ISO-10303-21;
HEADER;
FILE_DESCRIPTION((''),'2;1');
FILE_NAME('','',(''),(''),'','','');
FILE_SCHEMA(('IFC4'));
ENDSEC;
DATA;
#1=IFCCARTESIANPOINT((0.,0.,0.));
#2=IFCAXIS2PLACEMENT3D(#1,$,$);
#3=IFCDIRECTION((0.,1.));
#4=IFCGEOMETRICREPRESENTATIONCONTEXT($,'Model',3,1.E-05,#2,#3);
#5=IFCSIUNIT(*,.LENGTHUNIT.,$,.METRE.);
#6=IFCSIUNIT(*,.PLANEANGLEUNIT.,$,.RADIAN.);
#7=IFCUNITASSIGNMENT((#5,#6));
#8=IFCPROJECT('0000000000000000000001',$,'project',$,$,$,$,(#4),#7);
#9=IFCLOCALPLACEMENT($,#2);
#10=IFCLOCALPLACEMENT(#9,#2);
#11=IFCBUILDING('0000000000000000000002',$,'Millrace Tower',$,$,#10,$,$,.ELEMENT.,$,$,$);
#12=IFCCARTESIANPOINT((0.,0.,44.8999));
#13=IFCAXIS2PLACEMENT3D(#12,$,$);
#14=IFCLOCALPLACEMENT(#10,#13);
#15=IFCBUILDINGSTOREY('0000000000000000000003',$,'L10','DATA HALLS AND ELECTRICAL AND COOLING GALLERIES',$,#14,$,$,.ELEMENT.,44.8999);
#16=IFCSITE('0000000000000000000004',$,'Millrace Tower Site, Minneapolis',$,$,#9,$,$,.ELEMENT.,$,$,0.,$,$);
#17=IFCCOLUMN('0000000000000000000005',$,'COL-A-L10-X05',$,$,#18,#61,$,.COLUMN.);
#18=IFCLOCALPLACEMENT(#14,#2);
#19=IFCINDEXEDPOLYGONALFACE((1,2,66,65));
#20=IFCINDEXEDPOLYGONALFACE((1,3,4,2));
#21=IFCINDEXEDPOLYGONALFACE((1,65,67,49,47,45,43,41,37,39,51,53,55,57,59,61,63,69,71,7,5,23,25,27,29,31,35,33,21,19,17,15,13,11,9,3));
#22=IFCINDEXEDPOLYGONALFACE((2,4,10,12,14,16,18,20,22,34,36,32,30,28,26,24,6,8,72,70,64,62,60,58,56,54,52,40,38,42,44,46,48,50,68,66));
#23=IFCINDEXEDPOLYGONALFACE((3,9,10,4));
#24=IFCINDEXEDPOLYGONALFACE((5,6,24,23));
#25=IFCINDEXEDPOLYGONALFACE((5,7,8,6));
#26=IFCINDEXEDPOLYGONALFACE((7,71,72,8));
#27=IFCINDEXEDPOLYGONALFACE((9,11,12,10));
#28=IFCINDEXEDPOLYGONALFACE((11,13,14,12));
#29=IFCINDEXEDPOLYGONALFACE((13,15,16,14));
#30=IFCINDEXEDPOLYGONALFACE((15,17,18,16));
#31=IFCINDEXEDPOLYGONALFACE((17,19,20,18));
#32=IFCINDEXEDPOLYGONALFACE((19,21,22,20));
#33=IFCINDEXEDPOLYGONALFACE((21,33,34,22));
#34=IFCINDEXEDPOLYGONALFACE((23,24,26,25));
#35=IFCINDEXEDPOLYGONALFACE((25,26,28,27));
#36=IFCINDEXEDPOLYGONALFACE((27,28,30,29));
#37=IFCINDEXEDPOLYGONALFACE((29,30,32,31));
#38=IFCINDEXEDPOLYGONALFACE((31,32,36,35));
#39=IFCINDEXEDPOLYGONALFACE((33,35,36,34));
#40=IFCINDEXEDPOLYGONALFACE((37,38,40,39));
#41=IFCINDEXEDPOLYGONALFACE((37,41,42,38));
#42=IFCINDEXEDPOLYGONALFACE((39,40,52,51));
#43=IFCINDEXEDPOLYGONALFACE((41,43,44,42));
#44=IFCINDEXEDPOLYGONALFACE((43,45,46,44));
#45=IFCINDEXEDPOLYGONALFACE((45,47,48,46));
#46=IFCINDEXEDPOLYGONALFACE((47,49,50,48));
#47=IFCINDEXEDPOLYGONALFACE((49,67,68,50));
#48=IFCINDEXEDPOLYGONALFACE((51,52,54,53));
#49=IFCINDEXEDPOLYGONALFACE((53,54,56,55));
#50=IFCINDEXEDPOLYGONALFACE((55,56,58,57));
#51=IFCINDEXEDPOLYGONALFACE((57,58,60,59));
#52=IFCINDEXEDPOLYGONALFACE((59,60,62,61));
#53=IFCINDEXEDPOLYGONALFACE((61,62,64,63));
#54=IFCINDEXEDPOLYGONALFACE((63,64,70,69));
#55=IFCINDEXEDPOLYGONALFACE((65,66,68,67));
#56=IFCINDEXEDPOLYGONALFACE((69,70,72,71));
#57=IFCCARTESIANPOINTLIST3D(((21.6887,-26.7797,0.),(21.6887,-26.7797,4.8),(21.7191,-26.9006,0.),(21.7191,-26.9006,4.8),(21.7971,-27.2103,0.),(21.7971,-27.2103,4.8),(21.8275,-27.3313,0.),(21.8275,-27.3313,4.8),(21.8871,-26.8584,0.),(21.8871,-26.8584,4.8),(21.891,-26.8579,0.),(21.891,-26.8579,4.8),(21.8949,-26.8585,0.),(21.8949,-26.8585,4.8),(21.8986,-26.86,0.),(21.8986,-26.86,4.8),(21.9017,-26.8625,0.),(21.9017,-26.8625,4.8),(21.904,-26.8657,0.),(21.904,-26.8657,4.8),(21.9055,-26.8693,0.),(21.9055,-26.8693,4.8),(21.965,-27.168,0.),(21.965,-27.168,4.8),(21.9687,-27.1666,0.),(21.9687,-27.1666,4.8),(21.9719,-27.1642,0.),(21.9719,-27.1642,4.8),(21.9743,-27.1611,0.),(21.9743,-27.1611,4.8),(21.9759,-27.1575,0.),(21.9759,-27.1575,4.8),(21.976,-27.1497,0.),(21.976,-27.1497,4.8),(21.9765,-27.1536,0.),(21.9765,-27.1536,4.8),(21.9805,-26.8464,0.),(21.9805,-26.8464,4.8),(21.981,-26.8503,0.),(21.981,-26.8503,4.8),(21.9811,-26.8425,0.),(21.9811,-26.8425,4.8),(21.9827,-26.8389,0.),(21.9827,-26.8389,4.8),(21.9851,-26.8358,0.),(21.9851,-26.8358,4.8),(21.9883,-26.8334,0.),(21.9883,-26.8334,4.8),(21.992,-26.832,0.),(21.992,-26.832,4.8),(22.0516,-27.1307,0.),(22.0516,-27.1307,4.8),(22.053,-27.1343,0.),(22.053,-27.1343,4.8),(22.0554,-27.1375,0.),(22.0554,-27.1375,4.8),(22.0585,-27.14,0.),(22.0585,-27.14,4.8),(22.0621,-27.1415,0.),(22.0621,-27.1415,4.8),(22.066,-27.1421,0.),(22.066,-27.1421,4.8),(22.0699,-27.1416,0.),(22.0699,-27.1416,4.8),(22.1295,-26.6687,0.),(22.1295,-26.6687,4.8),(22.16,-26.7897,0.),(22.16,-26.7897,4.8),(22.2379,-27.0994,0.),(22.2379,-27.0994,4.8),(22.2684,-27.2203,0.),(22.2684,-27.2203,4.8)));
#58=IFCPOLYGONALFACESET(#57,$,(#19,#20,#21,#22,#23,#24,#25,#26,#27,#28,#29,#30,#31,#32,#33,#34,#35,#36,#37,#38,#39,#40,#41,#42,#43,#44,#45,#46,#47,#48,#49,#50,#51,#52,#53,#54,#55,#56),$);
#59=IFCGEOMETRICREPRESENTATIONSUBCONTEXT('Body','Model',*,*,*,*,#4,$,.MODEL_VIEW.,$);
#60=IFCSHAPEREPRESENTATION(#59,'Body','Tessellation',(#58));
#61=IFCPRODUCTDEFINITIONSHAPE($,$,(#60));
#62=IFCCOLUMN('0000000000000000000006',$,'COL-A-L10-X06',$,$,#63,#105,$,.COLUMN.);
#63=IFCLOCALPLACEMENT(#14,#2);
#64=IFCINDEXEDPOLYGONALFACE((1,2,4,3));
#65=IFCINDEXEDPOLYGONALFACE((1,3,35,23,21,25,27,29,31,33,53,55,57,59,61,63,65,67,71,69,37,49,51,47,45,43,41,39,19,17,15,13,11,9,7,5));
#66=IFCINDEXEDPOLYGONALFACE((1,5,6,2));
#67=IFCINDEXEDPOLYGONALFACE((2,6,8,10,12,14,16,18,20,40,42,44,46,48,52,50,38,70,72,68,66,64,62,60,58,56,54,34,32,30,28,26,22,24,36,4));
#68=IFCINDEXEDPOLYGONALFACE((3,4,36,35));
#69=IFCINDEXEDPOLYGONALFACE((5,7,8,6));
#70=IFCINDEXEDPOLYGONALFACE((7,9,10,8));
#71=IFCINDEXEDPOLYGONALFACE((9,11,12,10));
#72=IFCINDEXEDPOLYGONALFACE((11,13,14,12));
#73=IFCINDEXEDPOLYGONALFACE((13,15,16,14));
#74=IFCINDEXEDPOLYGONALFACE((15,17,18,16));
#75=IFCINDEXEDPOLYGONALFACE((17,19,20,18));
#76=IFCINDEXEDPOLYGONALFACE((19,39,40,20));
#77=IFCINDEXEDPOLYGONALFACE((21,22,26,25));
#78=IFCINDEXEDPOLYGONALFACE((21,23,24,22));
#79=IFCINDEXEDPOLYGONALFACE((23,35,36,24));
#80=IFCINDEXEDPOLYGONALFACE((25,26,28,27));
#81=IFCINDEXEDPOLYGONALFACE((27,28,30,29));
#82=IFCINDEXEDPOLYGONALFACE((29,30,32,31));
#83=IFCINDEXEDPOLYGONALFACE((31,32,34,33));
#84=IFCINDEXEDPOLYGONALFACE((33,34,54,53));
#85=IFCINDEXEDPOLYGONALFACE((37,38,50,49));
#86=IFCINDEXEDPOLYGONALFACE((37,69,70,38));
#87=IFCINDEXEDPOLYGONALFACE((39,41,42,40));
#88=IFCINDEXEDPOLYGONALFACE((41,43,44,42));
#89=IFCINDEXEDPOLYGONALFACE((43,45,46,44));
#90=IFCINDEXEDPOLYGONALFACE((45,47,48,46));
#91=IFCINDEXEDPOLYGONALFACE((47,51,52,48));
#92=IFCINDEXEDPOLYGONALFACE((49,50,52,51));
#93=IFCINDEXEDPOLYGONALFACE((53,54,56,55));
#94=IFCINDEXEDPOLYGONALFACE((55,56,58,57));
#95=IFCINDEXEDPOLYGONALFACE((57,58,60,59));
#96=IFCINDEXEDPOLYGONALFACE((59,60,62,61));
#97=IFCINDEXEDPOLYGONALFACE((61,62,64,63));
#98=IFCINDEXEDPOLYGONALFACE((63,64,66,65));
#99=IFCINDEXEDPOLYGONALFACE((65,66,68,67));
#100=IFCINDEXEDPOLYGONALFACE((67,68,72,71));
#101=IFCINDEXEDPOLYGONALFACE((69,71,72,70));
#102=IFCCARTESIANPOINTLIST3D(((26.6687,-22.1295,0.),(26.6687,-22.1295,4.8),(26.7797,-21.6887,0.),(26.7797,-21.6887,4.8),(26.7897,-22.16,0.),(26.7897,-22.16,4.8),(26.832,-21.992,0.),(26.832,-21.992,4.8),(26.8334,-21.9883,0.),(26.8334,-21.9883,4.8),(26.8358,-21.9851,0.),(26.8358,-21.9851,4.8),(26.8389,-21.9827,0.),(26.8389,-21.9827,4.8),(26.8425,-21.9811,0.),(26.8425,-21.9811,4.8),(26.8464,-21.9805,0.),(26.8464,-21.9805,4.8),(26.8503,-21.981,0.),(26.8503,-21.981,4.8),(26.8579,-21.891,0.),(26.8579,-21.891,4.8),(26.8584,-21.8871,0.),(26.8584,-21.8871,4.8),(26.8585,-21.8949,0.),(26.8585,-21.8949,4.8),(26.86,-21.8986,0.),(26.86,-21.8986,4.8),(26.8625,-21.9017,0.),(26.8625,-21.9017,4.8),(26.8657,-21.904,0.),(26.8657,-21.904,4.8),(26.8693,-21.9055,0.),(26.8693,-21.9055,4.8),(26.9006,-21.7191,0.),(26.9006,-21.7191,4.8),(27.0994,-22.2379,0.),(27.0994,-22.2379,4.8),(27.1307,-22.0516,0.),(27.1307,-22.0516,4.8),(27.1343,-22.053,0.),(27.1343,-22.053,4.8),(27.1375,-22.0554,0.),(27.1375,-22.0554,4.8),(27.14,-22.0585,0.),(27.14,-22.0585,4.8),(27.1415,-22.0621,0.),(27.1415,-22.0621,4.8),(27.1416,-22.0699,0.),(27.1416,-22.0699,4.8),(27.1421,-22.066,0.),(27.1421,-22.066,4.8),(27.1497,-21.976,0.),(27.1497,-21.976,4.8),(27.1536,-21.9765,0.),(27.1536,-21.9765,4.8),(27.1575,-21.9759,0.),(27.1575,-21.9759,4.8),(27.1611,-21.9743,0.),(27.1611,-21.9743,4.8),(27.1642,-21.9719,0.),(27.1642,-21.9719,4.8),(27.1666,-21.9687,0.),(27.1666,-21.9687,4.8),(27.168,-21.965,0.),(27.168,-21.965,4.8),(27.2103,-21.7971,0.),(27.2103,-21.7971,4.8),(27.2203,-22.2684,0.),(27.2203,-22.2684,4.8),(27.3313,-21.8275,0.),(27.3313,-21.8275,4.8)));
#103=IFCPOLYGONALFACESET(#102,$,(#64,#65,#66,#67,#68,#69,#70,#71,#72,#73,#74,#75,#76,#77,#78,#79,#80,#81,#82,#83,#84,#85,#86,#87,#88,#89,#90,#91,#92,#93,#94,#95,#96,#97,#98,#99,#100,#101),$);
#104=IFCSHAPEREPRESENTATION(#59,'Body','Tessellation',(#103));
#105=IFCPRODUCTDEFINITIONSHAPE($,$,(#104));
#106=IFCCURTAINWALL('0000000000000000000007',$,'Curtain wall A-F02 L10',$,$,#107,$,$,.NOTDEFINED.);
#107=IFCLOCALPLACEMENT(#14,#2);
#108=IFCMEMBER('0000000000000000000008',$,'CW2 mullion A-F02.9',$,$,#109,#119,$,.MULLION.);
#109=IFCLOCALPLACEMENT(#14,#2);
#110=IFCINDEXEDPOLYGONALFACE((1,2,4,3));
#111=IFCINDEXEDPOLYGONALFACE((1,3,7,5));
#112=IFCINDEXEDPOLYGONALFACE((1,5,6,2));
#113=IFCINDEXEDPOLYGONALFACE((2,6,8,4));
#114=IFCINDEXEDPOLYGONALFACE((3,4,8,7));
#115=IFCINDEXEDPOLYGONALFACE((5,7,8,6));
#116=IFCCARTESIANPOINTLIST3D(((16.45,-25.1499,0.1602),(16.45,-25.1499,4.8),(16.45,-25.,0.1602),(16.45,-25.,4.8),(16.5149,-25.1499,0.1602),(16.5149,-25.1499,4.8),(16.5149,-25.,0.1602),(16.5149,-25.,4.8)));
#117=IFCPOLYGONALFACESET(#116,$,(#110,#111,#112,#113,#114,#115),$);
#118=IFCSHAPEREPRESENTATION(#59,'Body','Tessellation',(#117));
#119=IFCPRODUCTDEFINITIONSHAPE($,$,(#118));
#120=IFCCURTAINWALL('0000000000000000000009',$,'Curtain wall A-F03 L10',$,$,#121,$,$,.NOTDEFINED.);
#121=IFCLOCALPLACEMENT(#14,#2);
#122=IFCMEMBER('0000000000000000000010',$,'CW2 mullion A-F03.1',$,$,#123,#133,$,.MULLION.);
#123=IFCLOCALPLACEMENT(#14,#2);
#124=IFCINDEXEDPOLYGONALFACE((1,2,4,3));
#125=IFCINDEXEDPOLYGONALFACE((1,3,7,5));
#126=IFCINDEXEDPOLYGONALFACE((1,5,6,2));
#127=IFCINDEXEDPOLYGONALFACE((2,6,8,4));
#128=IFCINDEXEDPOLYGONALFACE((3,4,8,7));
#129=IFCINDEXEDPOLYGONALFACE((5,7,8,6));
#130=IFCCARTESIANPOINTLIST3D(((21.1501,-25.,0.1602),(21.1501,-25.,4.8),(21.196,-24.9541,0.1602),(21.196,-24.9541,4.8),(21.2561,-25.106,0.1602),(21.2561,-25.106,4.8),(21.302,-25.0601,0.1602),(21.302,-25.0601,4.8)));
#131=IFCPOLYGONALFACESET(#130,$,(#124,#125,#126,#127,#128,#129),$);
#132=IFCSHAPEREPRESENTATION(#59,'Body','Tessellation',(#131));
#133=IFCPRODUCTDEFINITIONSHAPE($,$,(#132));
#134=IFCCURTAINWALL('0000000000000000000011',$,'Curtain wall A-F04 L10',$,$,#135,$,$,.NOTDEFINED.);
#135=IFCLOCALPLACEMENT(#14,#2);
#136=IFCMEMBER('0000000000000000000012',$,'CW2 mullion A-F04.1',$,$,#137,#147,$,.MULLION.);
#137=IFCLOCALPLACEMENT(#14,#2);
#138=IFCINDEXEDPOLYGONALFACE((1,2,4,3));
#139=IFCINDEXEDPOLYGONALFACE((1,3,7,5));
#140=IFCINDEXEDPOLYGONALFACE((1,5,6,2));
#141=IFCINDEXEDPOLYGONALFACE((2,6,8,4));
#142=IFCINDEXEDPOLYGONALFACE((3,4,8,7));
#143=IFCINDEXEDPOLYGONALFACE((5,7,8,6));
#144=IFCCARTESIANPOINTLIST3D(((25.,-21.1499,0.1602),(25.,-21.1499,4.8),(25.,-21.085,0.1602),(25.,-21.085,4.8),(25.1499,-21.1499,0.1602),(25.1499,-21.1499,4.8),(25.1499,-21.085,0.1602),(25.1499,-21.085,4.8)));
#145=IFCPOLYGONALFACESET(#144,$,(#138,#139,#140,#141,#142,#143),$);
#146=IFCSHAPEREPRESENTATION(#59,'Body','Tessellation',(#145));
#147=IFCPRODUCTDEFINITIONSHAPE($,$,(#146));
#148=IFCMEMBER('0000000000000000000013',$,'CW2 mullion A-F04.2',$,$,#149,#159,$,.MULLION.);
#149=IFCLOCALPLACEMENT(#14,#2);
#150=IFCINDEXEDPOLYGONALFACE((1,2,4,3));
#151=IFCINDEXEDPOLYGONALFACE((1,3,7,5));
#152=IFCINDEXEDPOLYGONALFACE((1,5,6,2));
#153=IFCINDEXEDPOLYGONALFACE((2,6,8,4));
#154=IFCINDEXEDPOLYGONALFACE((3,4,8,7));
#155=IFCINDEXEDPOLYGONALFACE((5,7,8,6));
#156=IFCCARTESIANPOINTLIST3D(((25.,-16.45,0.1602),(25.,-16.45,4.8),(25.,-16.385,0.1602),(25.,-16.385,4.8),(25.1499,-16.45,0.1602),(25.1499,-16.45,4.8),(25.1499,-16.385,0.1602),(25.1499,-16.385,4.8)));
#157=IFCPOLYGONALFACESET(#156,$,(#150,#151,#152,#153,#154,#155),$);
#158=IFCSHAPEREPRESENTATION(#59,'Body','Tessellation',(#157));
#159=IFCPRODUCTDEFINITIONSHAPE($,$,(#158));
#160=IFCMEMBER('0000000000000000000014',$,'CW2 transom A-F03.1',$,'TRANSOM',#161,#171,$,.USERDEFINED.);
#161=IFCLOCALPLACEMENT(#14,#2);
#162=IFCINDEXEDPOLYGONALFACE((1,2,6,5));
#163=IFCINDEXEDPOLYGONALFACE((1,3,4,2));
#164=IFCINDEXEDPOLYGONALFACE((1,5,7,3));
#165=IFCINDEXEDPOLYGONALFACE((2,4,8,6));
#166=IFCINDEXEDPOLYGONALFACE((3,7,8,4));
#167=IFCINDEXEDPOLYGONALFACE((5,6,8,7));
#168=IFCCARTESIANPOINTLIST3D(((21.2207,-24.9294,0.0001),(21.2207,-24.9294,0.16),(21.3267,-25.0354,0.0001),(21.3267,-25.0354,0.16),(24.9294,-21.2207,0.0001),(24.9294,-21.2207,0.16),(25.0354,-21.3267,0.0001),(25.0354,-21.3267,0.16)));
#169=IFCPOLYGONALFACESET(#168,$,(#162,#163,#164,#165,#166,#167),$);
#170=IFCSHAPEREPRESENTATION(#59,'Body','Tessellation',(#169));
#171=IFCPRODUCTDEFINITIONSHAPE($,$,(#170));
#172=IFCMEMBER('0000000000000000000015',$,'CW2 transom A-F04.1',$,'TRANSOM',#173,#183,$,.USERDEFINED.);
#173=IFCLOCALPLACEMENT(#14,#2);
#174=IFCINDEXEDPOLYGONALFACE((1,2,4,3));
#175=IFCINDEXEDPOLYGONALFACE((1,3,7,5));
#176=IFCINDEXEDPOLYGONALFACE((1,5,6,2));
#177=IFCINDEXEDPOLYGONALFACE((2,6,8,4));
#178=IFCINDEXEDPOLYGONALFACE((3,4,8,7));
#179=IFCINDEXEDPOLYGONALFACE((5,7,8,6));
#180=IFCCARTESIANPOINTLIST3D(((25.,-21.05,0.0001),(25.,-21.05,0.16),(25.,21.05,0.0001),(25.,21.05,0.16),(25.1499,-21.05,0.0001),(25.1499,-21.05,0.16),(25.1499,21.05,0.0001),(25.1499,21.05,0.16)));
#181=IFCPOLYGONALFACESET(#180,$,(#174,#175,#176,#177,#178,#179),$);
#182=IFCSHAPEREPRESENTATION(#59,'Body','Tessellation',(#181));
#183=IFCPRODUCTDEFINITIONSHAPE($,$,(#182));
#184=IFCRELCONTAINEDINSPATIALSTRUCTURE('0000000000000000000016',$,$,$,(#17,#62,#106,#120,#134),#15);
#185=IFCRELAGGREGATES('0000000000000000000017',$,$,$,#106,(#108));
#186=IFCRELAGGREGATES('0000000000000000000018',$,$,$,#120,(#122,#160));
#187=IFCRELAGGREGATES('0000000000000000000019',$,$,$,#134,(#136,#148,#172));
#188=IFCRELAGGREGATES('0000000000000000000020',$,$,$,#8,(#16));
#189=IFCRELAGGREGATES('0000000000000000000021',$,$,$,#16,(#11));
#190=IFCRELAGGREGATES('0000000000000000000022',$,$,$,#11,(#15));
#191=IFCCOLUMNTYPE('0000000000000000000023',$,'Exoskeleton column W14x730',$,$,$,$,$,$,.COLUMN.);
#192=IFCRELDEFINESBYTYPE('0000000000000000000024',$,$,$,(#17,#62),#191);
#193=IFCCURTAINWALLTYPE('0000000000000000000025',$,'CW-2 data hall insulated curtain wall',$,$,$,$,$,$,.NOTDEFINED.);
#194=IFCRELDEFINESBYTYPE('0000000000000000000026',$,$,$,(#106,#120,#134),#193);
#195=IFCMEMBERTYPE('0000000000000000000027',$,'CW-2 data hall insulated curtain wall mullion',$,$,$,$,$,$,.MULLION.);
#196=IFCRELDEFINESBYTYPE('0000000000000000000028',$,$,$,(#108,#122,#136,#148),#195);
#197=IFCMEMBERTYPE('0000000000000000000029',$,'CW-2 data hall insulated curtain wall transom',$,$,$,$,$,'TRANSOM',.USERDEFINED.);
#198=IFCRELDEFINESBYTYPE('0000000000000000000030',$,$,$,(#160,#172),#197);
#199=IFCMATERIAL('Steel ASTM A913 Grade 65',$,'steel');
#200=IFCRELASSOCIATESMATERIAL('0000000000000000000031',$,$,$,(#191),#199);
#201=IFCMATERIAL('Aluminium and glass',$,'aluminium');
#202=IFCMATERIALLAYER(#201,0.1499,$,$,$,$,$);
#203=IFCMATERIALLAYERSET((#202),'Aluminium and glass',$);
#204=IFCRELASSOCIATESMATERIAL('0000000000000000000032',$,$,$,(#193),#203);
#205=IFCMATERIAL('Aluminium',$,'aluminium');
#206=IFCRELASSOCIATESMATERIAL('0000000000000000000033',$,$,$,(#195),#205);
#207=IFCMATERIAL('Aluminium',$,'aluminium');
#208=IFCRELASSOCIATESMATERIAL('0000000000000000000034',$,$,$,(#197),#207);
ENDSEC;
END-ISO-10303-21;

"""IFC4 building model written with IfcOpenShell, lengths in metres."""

from ifc_helpers import new_model, si_unit, direction, frame, origin, origin_2d, place, context, subcontext, project, spatial, rectangle, i_section, extrude, material, layer, layer_set, material_profile, profile_set, type_object, element, aggregate, save


model = new_model("IFC4")

# Units and contexts
model_context = context("Model", 3, precision=1e-05, world=origin(), true_north=direction((0.0, 1.0)))
body_context = subcontext(model_context, "Body", "Model", "MODEL_VIEW")
ifc_project = project(units=[si_unit("LENGTHUNIT", "METRE"), si_unit("PLANEANGLEUNIT", "RADIAN")], contexts=[model_context])

# Site, building, storey
site_placement = place(None, origin())
site = spatial("IfcSite", under=ifc_project, at=site_placement, Name="Millrace Tower Site, Minneapolis", CompositionType="ELEMENT", RefElevation=0.0)
building_placement = place(site_placement, origin())
building = spatial("IfcBuilding", under=site, at=building_placement, Name="Millrace Tower", CompositionType="ELEMENT")
storey_placement = place(building_placement, frame((0.0, 0.0, 44.8999)))
storey = spatial("IfcBuildingStorey", under=building, at=storey_placement, Name="L10", Description="DATA HALLS AND ELECTRICAL AND COOLING GALLERIES", CompositionType="ELEMENT", Elevation=44.8999)

# Columns
ifc_material_1 = material(Name="Steel ASTM A913 Grade 65", Category="steel")
ifc_material_profile_1 = material_profile(ifc_material_1, i_section(OverallWidth=0.4546, OverallDepth=0.5688, WebThickness=0.0779, FlangeThickness=0.1248, FilletRadius=0.0151, at=origin_2d()))
ifc_profile_set_1 = profile_set([ifc_material_profile_1], Name="Steel ASTM A913 Grade 65")
column_type = type_object("IfcColumnType", Name="Exoskeleton column W14x730", PredefinedType="COLUMN", material=ifc_profile_set_1)
for number, where, z_axis, x_axis, name in (
    (1, (21.9785, -27.0, 0.0), (0.0, 0.0, 1.0), (0.969752, 0.244094, 0.0), "COL-A-L10-X05"),
    (2, (27.0, -21.9785, 0.0), (0.0, 0.0, 1.0), (0.244094, 0.969752, 0.0), "COL-A-L10-X06"),
):
    element("IfcColumn", number, at=place(storey_placement, frame(where, z_axis=z_axis, x_axis=x_axis)), inside=storey, type_object=column_type, Name=name, PredefinedType="COLUMN", context=body_context, shape_type="SweptSolid", body=[
        extrude(i_section(OverallWidth=0.4546, OverallDepth=0.5688, WebThickness=0.0779, FlangeThickness=0.1248, FilletRadius=0.0151, at=origin_2d()), origin(), (0.0, 0.0, 1.0), 4.8),
    ])

# Curtain walls, members
ifc_material_2 = material(Name="Aluminium and glass", Category="aluminium")
ifc_layer_1 = layer(ifc_material_2, 0.1499)
ifc_layer_set_1 = layer_set([ifc_layer_1], Name="Aluminium and glass")
curtain_wall_type = type_object("IfcCurtainWallType", Name="CW-2 data hall insulated curtain wall", PredefinedType="NOTDEFINED", material=ifc_layer_set_1)
placement = place(storey_placement, origin())
curtain_wall_1 = element("IfcCurtainWall", 3, at=placement, inside=storey, type_object=curtain_wall_type, Name="Curtain wall A-F02 L10", PredefinedType="NOTDEFINED")
ifc_material_3 = material(Name="Aluminium", Category="aluminium")
ifc_material_profile_2 = material_profile(ifc_material_3, rectangle(XDim=0.0649, YDim=0.1499, at=origin_2d()))
ifc_profile_set_2 = profile_set([ifc_material_profile_2], Name="Aluminium")
member_type_1 = type_object("IfcMemberType", Name="CW-2 data hall insulated curtain wall mullion", PredefinedType="MULLION", material=ifc_profile_set_2)
member_1_placement = place(storey_placement, frame((16.4824, -25.075, 0.1602), z_axis=(0.0, 0.0, 1.0), x_axis=(1.0, 0.0, 0.0)))
member_1 = element("IfcMember", 4, at=member_1_placement, type_object=member_type_1, Name="CW2 mullion A-F02.9", PredefinedType="MULLION", context=body_context, shape_type="SweptSolid", body=[
    extrude(rectangle(XDim=0.0649, YDim=0.1499, at=origin_2d()), origin(), (0.0, 0.0, 1.0), 4.6399),
])
aggregate(curtain_wall_1, [member_1])
curtain_wall_2 = element("IfcCurtainWall", 5, at=placement, inside=storey, type_object=curtain_wall_type, Name="Curtain wall A-F03 L10", PredefinedType="NOTDEFINED")
member_2_placement = place(storey_placement, frame((21.2261, -25.03, 0.1602), z_axis=(0.0, 0.0, 1.0), x_axis=(0.707107, 0.707107, 0.0)))
member_2 = element("IfcMember", 6, at=member_2_placement, type_object=member_type_1, Name="CW2 mullion A-F03.1", PredefinedType="MULLION", context=body_context, shape_type="SweptSolid", body=[
    extrude(rectangle(XDim=0.0649, YDim=0.1499, at=origin_2d()), origin(), (0.0, 0.0, 1.0), 4.6399),
])

# Curtain wall, members
curtain_wall_3 = element("IfcCurtainWall", 7, at=placement, inside=storey, type_object=curtain_wall_type, Name="Curtain wall A-F04 L10", PredefinedType="NOTDEFINED")
member_3_placement = place(storey_placement, frame((25.075, -21.1174, 0.1602), z_axis=(0.0, 0.0, 1.0), x_axis=(0.0, 1.0, 0.0)))
member_3 = element("IfcMember", 8, at=member_3_placement, type_object=member_type_1, Name="CW2 mullion A-F04.1", PredefinedType="MULLION", context=body_context, shape_type="SweptSolid", body=[
    extrude(rectangle(XDim=0.0649, YDim=0.1499, at=origin_2d()), origin(), (0.0, 0.0, 1.0), 4.6399),
])
member_4_placement = place(storey_placement, frame((25.075, -16.4175, 0.1602), z_axis=(0.0, 0.0, 1.0), x_axis=(0.0, 1.0, 0.0)))
member_4 = element("IfcMember", 9, at=member_4_placement, type_object=member_type_1, Name="CW2 mullion A-F04.2", PredefinedType="MULLION", context=body_context, shape_type="SweptSolid", body=[
    extrude(rectangle(XDim=0.0649, YDim=0.1499, at=origin_2d()), origin(), (0.0, 0.0, 1.0), 4.6399),
])

# Members
ifc_material_4 = material(Name="Aluminium", Category="aluminium")
ifc_material_profile_3 = material_profile(ifc_material_4, rectangle(XDim=0.1499, YDim=0.1599, at=origin_2d()))
ifc_profile_set_3 = profile_set([ifc_material_profile_3], Name="Aluminium")
member_type_2 = type_object("IfcMemberType", Name="CW-2 data hall insulated curtain wall transom", ElementType="TRANSOM", PredefinedType="USERDEFINED", material=ifc_profile_set_3)
member_5_placement = place(storey_placement, frame((21.2737, -24.9824, 0.0801), z_axis=(0.707107, 0.707107, 0.0), x_axis=(-0.707107, 0.707107, 0.0)))
member_5 = element("IfcMember", 10, at=member_5_placement, type_object=member_type_2, Name="CW2 transom A-F03.1", ObjectType="TRANSOM", PredefinedType="USERDEFINED", context=body_context, shape_type="SweptSolid", body=[
    extrude(rectangle(XDim=0.1499, YDim=0.1599, at=origin_2d()), origin(), (0.0, 0.0, 1.0), 5.2449),
])
aggregate(curtain_wall_2, [member_2, member_5])
member_6_placement = place(storey_placement, frame((25.075, -21.05, 0.0801), z_axis=(0.0, 1.0, 0.0), x_axis=(-1.0, 0.0, 0.0)))
member_6 = element("IfcMember", 11, at=member_6_placement, type_object=member_type_2, Name="CW2 transom A-F04.1", ObjectType="TRANSOM", PredefinedType="USERDEFINED", context=body_context, shape_type="SweptSolid", body=[
    extrude(rectangle(XDim=0.1499, YDim=0.1599, at=origin_2d()), origin(), (0.0, 0.0, 1.0), 42.1001),
])
aggregate(curtain_wall_3, [member_3, member_4, member_6])

save(model, "model.ifc")
